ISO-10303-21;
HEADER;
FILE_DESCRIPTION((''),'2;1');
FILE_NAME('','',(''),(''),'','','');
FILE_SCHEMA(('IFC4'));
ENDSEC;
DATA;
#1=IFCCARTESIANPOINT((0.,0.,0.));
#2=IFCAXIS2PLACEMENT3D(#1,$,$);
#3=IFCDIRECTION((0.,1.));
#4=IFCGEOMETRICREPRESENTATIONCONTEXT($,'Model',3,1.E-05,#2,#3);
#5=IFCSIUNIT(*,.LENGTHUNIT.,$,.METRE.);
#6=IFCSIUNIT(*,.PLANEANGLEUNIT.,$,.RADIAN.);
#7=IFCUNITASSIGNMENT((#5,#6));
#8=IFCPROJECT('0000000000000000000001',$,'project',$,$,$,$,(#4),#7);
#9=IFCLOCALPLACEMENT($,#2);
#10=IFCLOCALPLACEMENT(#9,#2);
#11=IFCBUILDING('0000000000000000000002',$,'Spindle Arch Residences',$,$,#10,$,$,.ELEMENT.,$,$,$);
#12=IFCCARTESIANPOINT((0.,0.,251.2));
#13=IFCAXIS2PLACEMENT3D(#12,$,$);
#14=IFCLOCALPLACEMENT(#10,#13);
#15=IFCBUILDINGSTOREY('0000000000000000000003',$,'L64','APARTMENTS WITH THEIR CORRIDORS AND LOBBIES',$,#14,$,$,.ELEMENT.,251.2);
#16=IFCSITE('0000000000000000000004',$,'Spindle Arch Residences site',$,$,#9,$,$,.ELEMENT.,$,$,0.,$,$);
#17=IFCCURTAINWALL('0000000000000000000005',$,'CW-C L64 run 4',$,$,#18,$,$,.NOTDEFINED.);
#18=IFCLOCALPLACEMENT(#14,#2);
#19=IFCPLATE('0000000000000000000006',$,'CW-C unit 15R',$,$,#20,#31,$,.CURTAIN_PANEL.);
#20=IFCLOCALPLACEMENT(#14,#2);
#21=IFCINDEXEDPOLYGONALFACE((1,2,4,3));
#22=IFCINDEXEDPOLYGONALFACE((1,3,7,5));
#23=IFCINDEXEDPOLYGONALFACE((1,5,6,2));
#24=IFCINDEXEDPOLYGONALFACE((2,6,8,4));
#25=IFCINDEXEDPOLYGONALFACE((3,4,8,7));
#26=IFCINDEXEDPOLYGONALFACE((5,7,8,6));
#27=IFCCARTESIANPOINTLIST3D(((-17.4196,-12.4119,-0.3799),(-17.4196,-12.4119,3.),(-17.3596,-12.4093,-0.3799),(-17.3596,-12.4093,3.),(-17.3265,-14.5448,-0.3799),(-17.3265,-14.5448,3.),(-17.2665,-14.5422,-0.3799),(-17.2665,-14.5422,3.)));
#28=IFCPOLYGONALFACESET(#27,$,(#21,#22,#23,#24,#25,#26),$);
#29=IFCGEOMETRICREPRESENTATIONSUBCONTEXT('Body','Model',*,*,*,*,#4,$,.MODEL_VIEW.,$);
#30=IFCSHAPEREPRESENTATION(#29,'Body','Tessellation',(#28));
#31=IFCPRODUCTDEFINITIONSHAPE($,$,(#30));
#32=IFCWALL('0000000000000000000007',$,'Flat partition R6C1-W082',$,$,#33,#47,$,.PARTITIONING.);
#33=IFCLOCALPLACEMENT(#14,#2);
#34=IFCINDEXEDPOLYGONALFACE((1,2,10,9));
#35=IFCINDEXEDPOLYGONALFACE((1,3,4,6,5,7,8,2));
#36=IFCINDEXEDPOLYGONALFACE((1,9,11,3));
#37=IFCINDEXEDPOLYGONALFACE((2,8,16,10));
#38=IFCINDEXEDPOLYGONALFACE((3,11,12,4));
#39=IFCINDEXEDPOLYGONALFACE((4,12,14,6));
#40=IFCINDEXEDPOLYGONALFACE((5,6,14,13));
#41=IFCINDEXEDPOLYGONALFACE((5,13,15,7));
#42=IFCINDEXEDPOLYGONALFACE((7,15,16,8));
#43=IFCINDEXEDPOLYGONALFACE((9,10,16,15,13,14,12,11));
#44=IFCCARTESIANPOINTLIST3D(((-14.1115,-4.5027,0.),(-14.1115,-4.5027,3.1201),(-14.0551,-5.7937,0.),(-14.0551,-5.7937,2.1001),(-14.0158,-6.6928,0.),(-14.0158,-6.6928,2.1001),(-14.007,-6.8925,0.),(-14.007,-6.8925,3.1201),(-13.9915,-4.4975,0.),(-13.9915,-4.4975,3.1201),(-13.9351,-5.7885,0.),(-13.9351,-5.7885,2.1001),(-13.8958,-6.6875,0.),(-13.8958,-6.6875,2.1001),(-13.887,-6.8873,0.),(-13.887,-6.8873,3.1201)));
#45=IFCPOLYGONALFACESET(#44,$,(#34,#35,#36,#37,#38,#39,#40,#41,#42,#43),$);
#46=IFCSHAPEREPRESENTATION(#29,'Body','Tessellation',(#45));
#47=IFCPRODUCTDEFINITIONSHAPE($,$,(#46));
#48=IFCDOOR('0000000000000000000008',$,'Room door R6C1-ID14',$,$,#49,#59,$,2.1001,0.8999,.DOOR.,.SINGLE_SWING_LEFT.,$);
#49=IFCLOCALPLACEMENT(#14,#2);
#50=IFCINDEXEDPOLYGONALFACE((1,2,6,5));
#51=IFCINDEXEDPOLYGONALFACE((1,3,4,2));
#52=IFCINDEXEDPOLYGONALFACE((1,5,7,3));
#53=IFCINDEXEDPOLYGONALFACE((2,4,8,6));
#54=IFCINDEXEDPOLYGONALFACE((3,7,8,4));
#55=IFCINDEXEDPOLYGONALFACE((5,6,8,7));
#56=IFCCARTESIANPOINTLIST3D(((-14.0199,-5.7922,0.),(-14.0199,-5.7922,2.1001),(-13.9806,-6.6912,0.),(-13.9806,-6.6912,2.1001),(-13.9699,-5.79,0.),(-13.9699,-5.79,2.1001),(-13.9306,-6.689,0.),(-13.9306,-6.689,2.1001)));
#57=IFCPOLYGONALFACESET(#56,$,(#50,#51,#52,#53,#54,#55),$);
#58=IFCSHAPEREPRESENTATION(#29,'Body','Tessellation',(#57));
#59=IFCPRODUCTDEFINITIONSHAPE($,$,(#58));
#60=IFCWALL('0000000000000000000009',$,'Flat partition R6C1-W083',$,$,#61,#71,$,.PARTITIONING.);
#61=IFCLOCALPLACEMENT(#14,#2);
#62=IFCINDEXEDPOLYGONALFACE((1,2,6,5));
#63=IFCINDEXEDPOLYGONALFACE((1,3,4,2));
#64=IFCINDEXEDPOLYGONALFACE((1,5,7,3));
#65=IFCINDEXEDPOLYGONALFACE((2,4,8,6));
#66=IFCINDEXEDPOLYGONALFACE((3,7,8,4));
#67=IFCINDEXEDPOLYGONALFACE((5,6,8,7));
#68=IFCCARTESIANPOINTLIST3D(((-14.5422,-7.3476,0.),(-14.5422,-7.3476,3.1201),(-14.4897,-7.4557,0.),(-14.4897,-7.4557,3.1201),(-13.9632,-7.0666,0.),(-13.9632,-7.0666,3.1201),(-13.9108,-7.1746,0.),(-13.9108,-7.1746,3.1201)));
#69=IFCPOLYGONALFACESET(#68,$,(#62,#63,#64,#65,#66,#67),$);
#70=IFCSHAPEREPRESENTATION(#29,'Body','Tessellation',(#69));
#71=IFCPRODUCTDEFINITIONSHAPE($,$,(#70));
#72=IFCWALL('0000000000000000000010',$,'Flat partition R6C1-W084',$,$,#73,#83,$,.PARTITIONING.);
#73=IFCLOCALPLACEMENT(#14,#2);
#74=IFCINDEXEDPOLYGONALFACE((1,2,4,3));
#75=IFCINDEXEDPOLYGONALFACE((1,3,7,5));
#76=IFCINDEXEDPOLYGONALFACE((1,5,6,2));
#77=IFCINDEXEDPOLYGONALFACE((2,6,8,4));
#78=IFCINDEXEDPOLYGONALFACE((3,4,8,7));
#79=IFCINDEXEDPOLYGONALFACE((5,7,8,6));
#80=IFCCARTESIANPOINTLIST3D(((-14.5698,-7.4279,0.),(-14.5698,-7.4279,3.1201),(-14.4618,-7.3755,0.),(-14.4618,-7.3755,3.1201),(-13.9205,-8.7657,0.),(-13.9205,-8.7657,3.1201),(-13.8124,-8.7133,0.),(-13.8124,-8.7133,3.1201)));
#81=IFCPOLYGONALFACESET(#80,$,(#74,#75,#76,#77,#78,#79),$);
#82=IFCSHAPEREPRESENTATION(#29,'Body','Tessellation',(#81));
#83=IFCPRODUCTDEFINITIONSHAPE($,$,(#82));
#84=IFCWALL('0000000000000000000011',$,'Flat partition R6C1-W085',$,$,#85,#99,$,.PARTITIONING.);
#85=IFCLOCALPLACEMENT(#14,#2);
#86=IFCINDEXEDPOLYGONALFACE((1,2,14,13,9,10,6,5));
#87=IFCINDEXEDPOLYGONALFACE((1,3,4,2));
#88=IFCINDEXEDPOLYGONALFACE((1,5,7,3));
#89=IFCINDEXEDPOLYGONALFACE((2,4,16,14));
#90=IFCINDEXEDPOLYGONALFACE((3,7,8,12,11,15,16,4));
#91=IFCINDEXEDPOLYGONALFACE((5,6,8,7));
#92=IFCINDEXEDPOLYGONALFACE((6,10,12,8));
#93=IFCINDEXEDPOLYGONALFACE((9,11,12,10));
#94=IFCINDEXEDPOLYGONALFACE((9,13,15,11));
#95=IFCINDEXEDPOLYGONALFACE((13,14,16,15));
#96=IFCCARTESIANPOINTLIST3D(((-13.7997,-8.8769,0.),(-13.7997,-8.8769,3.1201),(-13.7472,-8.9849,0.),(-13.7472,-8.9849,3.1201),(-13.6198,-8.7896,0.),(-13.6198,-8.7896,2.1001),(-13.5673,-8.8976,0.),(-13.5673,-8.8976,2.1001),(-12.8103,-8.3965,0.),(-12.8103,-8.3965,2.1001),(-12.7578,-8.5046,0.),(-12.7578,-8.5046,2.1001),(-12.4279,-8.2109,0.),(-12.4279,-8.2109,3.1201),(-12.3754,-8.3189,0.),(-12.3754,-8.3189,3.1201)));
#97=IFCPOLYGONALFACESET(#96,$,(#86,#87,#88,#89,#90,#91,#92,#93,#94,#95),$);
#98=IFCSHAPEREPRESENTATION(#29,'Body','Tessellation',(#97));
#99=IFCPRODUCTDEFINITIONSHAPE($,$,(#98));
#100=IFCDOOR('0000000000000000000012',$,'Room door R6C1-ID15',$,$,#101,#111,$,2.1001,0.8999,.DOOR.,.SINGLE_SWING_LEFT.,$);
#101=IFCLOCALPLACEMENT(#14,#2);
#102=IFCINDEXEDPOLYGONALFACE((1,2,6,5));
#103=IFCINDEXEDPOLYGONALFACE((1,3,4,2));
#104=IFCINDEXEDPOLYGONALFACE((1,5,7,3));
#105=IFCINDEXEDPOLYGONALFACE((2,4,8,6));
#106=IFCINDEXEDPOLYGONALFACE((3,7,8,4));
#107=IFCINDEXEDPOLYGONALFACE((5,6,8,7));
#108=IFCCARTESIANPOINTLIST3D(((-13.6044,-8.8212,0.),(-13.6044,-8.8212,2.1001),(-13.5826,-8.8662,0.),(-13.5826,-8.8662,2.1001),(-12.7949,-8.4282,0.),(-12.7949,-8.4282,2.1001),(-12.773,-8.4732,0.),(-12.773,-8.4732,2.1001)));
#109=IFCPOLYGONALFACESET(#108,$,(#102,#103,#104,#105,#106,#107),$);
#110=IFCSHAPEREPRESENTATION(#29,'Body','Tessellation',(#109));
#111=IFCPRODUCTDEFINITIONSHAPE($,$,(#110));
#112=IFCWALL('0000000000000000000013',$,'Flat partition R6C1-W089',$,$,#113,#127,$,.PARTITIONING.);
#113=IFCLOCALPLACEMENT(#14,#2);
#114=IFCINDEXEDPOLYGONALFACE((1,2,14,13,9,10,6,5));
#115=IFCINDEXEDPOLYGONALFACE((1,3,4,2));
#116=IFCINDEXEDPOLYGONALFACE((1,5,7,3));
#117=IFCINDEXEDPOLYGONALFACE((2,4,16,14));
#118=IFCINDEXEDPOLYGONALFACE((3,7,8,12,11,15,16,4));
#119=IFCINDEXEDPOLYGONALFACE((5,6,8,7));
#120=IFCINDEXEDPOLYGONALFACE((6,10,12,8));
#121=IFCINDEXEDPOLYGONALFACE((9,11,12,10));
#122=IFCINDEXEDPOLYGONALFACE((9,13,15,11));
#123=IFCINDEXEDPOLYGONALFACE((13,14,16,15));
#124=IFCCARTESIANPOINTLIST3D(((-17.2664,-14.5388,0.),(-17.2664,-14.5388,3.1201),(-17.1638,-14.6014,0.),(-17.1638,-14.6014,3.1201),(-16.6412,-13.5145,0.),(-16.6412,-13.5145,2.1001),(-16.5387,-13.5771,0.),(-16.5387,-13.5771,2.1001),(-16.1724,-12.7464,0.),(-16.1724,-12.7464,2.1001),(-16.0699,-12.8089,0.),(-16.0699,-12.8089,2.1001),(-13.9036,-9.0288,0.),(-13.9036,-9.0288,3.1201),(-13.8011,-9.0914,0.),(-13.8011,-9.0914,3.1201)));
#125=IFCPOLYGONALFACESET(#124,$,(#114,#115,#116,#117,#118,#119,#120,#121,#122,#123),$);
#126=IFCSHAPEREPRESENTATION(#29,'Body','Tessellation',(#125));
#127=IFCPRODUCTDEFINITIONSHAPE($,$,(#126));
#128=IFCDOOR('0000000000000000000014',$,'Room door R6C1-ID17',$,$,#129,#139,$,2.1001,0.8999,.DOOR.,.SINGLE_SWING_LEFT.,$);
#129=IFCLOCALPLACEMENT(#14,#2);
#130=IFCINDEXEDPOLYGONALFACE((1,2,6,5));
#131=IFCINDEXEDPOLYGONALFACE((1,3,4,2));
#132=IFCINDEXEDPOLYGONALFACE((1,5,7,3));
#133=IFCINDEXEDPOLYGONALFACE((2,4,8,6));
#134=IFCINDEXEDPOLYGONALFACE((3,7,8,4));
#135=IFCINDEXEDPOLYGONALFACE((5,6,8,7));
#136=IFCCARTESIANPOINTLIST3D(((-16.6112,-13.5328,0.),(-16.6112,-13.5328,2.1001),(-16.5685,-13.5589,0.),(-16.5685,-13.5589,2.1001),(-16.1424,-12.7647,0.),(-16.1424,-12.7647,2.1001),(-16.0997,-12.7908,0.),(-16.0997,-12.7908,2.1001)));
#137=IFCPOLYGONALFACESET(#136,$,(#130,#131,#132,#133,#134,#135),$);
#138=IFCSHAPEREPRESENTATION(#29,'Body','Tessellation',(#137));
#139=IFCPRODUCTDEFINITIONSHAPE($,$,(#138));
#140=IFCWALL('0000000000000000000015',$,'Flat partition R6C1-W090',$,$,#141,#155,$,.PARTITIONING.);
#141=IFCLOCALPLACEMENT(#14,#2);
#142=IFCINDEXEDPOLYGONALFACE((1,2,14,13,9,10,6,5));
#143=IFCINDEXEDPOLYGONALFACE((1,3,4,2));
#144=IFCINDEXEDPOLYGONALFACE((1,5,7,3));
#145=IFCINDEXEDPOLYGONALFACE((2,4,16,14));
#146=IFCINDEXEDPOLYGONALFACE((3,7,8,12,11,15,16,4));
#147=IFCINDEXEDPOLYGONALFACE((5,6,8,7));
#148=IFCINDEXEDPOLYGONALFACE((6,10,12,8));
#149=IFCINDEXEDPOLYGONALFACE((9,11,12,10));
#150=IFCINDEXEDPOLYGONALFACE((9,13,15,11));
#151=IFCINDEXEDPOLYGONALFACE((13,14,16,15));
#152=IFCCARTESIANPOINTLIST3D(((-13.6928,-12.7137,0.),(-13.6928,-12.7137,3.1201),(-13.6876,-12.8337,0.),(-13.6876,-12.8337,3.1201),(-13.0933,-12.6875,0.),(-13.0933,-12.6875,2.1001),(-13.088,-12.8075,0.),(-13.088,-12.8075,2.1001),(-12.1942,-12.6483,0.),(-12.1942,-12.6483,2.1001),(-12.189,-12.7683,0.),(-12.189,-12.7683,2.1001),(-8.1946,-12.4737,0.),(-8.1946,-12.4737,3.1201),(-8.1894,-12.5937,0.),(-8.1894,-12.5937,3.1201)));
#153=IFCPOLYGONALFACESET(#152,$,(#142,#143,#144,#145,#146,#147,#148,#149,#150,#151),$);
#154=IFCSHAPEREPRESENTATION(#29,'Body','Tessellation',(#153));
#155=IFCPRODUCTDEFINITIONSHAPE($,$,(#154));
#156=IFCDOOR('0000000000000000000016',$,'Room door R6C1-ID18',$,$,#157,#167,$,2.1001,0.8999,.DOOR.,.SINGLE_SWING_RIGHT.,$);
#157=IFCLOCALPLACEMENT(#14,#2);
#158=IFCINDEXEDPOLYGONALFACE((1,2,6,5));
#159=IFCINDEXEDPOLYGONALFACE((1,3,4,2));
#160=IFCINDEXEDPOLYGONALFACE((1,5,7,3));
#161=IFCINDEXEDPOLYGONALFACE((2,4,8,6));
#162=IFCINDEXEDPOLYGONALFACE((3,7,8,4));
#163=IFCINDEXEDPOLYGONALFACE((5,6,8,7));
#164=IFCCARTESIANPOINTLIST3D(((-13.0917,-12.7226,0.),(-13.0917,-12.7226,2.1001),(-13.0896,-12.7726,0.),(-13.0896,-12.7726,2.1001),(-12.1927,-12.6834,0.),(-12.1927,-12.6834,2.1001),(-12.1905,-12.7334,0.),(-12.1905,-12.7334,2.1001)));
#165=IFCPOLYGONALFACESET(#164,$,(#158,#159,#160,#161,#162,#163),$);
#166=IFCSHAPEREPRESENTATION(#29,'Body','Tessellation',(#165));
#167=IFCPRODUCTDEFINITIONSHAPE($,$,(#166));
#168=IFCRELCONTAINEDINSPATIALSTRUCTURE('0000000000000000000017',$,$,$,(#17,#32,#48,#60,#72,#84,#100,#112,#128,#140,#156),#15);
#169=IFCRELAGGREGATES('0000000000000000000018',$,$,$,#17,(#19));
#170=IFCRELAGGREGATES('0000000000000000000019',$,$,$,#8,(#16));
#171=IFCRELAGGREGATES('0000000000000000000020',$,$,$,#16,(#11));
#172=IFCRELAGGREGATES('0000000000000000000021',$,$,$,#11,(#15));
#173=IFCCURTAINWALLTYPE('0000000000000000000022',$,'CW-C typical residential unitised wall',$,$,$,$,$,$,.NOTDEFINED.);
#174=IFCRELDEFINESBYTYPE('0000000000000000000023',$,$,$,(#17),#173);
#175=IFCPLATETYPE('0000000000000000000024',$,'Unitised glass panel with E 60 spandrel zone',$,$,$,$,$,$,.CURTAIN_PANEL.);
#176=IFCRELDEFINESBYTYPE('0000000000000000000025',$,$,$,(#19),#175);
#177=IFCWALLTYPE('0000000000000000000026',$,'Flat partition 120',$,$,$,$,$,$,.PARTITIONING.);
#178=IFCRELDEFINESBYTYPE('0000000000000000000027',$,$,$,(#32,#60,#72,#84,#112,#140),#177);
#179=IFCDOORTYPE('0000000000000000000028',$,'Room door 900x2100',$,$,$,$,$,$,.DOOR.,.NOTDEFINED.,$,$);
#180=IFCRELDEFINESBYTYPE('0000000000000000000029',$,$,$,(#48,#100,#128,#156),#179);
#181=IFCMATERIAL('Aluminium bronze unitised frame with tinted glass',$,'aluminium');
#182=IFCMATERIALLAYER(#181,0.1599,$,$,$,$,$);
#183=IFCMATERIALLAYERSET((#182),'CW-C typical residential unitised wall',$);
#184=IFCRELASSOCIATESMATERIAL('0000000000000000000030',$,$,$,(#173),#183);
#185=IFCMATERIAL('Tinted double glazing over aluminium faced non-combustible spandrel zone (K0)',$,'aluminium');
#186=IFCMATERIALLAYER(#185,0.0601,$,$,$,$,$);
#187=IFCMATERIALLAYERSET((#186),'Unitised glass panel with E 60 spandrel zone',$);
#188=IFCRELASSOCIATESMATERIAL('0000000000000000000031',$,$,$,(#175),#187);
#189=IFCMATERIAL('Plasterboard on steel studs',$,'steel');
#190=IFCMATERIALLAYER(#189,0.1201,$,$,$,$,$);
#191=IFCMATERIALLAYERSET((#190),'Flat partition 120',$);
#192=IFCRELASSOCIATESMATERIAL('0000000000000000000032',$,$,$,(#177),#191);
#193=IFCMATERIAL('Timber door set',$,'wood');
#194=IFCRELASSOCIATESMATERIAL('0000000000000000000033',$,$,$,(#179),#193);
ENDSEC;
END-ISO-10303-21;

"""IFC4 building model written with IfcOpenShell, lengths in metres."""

from ifc_helpers import new_model, si_unit, direction, frame, frame_2d, origin, origin_2d, place, context, subcontext, project, spatial, rectangle, extrude, material, layer, layer_set, type_object, element, fill, aggregate, save


model = new_model("IFC4")

# Units and contexts
model_context = context("Model", 3, precision=1e-05, world=origin(), true_north=direction((0.0, 1.0)))
body_context = subcontext(model_context, "Body", "Model", "MODEL_VIEW")
ifc_project = project(units=[si_unit("LENGTHUNIT", "METRE"), si_unit("PLANEANGLEUNIT", "RADIAN")], contexts=[model_context])

# Site, building, storey
site_placement = place(None, origin())
site = spatial("IfcSite", under=ifc_project, at=site_placement, Name="Spindle Arch Residences site", CompositionType="ELEMENT", RefElevation=0.0)
building_placement = place(site_placement, origin())
building = spatial("IfcBuilding", under=site, at=building_placement, Name="Spindle Arch Residences", CompositionType="ELEMENT")
storey_placement = place(building_placement, frame((0.0, 0.0, 251.2)))
storey = spatial("IfcBuildingStorey", under=building, at=storey_placement, Name="L64", Description="APARTMENTS WITH THEIR CORRIDORS AND LOBBIES", CompositionType="ELEMENT", Elevation=251.2)

# Curtain wall
ifc_material_1 = material(Name="Aluminium bronze unitised frame with tinted glass", Category="aluminium")
ifc_layer_1 = layer(ifc_material_1, 0.1599)
ifc_layer_set_1 = layer_set([ifc_layer_1], Name="CW-C typical residential unitised wall")
curtain_wall_type_1 = type_object("IfcCurtainWallType", Name="CW-C typical residential unitised wall", PredefinedType="NOTDEFINED", material=ifc_layer_set_1)
curtain_wall_1_placement = place(storey_placement, origin())
curtain_wall_1 = element("IfcCurtainWall", 1, at=curtain_wall_1_placement, inside=storey, type_object=curtain_wall_type_1, Name="CW-C L64 run 4", PredefinedType="NOTDEFINED")

# Plate
ifc_material_2 = material(Name="Tinted double glazing over aluminium faced non-combustible spandrel zone (K0)", Category="aluminium")
ifc_layer_2 = layer(ifc_material_2, 0.0601)
ifc_layer_set_2 = layer_set([ifc_layer_2], Name="Unitised glass panel with E 60 spandrel zone")
plate_type = type_object("IfcPlateType", Name="Unitised glass panel with E 60 spandrel zone", PredefinedType="CURTAIN_PANEL", material=ifc_layer_set_2)
plate_1_placement = place(storey_placement, frame((-17.343, -13.4771, -0.3799), z_axis=(0.0, 0.0, 1.0), x_axis=(0.043619, -0.999048, 0.0)))
plate_1 = element("IfcPlate", 2, at=plate_1_placement, type_object=plate_type, Name="CW-C unit 15R", PredefinedType="CURTAIN_PANEL", context=body_context, shape_type="SweptSolid", body=[
    extrude(rectangle(XDim=2.135, YDim=0.0601, at=origin_2d()), origin(), (0.0, 0.0, 1.0), 3.3799),
])
aggregate(curtain_wall_1, [plate_1])

# Wall, opening, door
ifc_material_3 = material(Name="Plasterboard on steel studs", Category="steel")
ifc_layer_3 = layer(ifc_material_3, 0.1201)
ifc_layer_set_3 = layer_set([ifc_layer_3], Name="Flat partition 120")
wall_type_1 = type_object("IfcWallType", Name="Flat partition 120", PredefinedType="PARTITIONING", material=ifc_layer_set_3)
wall_1_placement = place(storey_placement, frame((-13.947, -6.8899, 0.0), z_axis=(0.0, 0.0, 1.0), x_axis=(-0.043681, 0.999046, 0.0)))
wall_1 = element("IfcWall", 3, at=wall_1_placement, inside=storey, type_object=wall_type_1, Name="Flat partition R6C1-W082", PredefinedType="PARTITIONING", context=body_context, shape_type="SweptSolid", body=[
    extrude(rectangle(XDim=2.3921, YDim=0.1201, at=frame_2d((1.196, 0.0))), origin(), (0.0, 0.0, 1.0), 3.1201),
])
opening_1_placement = place(wall_1_placement, frame((0.2, 0.0, 0.0)))
opening_1 = element("IfcOpeningElement", 4, at=opening_1_placement, cuts=wall_1, PredefinedType="OPENING", context=body_context, shape_type="SweptSolid", body=[
    extrude(rectangle(XDim=0.8999, YDim=2.1001, at=frame_2d((0.45, 1.05))), frame((0.0, 0.0701, 0.0), z_axis=(0.0, -1.0, 0.0), x_axis=(1.0, 0.0, 0.0)), (0.0, 0.0, 1.0), 0.1401),
])
ifc_material_4 = material(Name="Timber door set", Category="wood")
door_type_1 = type_object("IfcDoorType", Name="Room door 900x2100", OperationType="NOTDEFINED", PredefinedType="DOOR", material=ifc_material_4)
door_1_placement = place(opening_1_placement, origin())
door_1 = element("IfcDoor", 5, at=door_1_placement, inside=storey, type_object=door_type_1, Name="Room door R6C1-ID14", OperationType="SINGLE_SWING_LEFT", OverallHeight=2.1001, OverallWidth=0.8999, PredefinedType="DOOR", context=body_context, shape_type="SweptSolid", body=[
    extrude(rectangle(XDim=0.8999, YDim=2.1001, at=frame_2d((0.45, 1.05))), frame((0.0, 0.0249, 0.0), z_axis=(0.0, -1.0, 0.0), x_axis=(1.0, 0.0, 0.0)), (0.0, 0.0, 1.0), 0.05),
])
fill(opening_1, door_1)

# Walls
wall_2_placement = place(storey_placement, frame((-13.937, -7.1206, 0.0), z_axis=(0.0, 0.0, 1.0), x_axis=(-0.899602, -0.436711, 0.0)))
element("IfcWall", 6, at=wall_2_placement, inside=storey, type_object=wall_type_1, Name="Flat partition R6C1-W083", PredefinedType="PARTITIONING", context=body_context, shape_type="SweptSolid", body=[
    extrude(rectangle(XDim=0.6436, YDim=0.1201, at=frame_2d((0.3218, 0.0))), origin(), (0.0, 0.0, 1.0), 3.1201),
])
wall_3_placement = place(storey_placement, frame((-14.5159, -7.4016, 0.0), z_axis=(0.0, 0.0, 1.0), x_axis=(0.436676, -0.899619, 0.0)))
element("IfcWall", 7, at=wall_3_placement, inside=storey, type_object=wall_type_1, Name="Flat partition R6C1-W084", PredefinedType="PARTITIONING", context=body_context, shape_type="SweptSolid", body=[
    extrude(rectangle(XDim=1.4871, YDim=0.1201, at=frame_2d((0.7437, 0.0))), origin(), (0.0, 0.0, 1.0), 3.1201),
])

# Walls, openings, doors
wall_4_placement = place(storey_placement, frame((-13.7734, -8.9309, 0.0), z_axis=(0.0, 0.0, 1.0), x_axis=(0.899585, 0.436745, 0.0)))
wall_4 = element("IfcWall", 8, at=wall_4_placement, inside=storey, type_object=wall_type_1, Name="Flat partition R6C1-W085", PredefinedType="PARTITIONING", context=body_context, shape_type="SweptSolid", body=[
    extrude(rectangle(XDim=1.5249, YDim=0.1201, at=frame_2d((0.7625, 0.0))), origin(), (0.0, 0.0, 1.0), 3.1201),
])
opening_2_placement = place(wall_4_placement, frame((0.2, 0.0, 0.0)))
opening_2 = element("IfcOpeningElement", 9, at=opening_2_placement, cuts=wall_4, PredefinedType="OPENING", context=body_context, shape_type="SweptSolid", body=[
    extrude(rectangle(XDim=0.8999, YDim=2.1001, at=frame_2d((0.45, 1.05))), frame((0.0, 0.0701, 0.0), z_axis=(0.0, -1.0, 0.0), x_axis=(1.0, 0.0, 0.0)), (0.0, 0.0, 1.0), 0.1401),
])
door_2_placement = place(opening_2_placement, origin())
door_2 = element("IfcDoor", 10, at=door_2_placement, inside=storey, type_object=door_type_1, Name="Room door R6C1-ID15", OperationType="SINGLE_SWING_LEFT", OverallHeight=2.1001, OverallWidth=0.8999, PredefinedType="DOOR", context=body_context, shape_type="SweptSolid", body=[
    extrude(rectangle(XDim=0.8999, YDim=2.1001, at=frame_2d((0.45, 1.05))), frame((0.0, 0.0249, 0.0), z_axis=(0.0, -1.0, 0.0), x_axis=(1.0, 0.0, 0.0)), (0.0, 0.0, 1.0), 0.05),
])
fill(opening_2, door_2)
wall_5_placement = place(storey_placement, frame((-17.2151, -14.5701, 0.0), z_axis=(0.0, 0.0, 1.0), x_axis=(0.52095, 0.853587, 0.0)))
wall_5 = element("IfcWall", 11, at=wall_5_placement, inside=storey, type_object=wall_type_1, Name="Flat partition R6C1-W089", PredefinedType="PARTITIONING", context=body_context, shape_type="SweptSolid", body=[
    extrude(rectangle(XDim=6.4551, YDim=0.1201, at=frame_2d((3.2275, 0.0))), origin(), (0.0, 0.0, 1.0), 3.1201),
])
opening_3_placement = place(wall_5_placement, frame((1.2, 0.0, 0.0)))
opening_3 = element("IfcOpeningElement", 12, at=opening_3_placement, cuts=wall_5, PredefinedType="OPENING", context=body_context, shape_type="SweptSolid", body=[
    extrude(rectangle(XDim=0.8999, YDim=2.1001, at=frame_2d((0.45, 1.05))), frame((0.0, 0.0701, 0.0), z_axis=(0.0, -1.0, 0.0), x_axis=(1.0, 0.0, 0.0)), (0.0, 0.0, 1.0), 0.1401),
])
door_3_placement = place(opening_3_placement, origin())
door_3 = element("IfcDoor", 13, at=door_3_placement, inside=storey, type_object=door_type_1, Name="Room door R6C1-ID17", OperationType="SINGLE_SWING_LEFT", OverallHeight=2.1001, OverallWidth=0.8999, PredefinedType="DOOR", context=body_context, shape_type="SweptSolid", body=[
    extrude(rectangle(XDim=0.8999, YDim=2.1001, at=frame_2d((0.45, 1.05))), frame((0.0, 0.0249, 0.0), z_axis=(0.0, -1.0, 0.0), x_axis=(1.0, 0.0, 0.0)), (0.0, 0.0, 1.0), 0.05),
])
fill(opening_3, door_3)
wall_6_placement = place(storey_placement, frame((-13.6902, -12.7737, 0.0), z_axis=(0.0, 0.0, 1.0), x_axis=(0.999049, 0.043607, 0.0)))
wall_6 = element("IfcWall", 14, at=wall_6_placement, inside=storey, type_object=wall_type_1, Name="Flat partition R6C1-W090", PredefinedType="PARTITIONING", context=body_context, shape_type="SweptSolid", body=[
    extrude(rectangle(XDim=5.5034, YDim=0.1201, at=frame_2d((2.7517, 0.0))), origin(), (0.0, 0.0, 1.0), 3.1201),
])
opening_4_placement = place(wall_6_placement, frame((0.6001, 0.0, 0.0)))
opening_4 = element("IfcOpeningElement", 15, at=opening_4_placement, cuts=wall_6, PredefinedType="OPENING", context=body_context, shape_type="SweptSolid", body=[
    extrude(rectangle(XDim=0.8999, YDim=2.1001, at=frame_2d((0.45, 1.05))), frame((0.0, 0.0701, 0.0), z_axis=(0.0, -1.0, 0.0), x_axis=(1.0, 0.0, 0.0)), (0.0, 0.0, 1.0), 0.1401),
])
door_4_placement = place(opening_4_placement, origin())
door_4 = element("IfcDoor", 16, at=door_4_placement, inside=storey, type_object=door_type_1, Name="Room door R6C1-ID18", OperationType="SINGLE_SWING_RIGHT", OverallHeight=2.1001, OverallWidth=0.8999, PredefinedType="DOOR", context=body_context, shape_type="SweptSolid", body=[
    extrude(rectangle(XDim=0.8999, YDim=2.1001, at=frame_2d((0.45, 1.05))), frame((0.0, 0.0249, 0.0), z_axis=(0.0, -1.0, 0.0), x_axis=(1.0, 0.0, 0.0)), (0.0, 0.0, 1.0), 0.05),
])
fill(opening_4, door_4)

save(model, "model.ifc")
